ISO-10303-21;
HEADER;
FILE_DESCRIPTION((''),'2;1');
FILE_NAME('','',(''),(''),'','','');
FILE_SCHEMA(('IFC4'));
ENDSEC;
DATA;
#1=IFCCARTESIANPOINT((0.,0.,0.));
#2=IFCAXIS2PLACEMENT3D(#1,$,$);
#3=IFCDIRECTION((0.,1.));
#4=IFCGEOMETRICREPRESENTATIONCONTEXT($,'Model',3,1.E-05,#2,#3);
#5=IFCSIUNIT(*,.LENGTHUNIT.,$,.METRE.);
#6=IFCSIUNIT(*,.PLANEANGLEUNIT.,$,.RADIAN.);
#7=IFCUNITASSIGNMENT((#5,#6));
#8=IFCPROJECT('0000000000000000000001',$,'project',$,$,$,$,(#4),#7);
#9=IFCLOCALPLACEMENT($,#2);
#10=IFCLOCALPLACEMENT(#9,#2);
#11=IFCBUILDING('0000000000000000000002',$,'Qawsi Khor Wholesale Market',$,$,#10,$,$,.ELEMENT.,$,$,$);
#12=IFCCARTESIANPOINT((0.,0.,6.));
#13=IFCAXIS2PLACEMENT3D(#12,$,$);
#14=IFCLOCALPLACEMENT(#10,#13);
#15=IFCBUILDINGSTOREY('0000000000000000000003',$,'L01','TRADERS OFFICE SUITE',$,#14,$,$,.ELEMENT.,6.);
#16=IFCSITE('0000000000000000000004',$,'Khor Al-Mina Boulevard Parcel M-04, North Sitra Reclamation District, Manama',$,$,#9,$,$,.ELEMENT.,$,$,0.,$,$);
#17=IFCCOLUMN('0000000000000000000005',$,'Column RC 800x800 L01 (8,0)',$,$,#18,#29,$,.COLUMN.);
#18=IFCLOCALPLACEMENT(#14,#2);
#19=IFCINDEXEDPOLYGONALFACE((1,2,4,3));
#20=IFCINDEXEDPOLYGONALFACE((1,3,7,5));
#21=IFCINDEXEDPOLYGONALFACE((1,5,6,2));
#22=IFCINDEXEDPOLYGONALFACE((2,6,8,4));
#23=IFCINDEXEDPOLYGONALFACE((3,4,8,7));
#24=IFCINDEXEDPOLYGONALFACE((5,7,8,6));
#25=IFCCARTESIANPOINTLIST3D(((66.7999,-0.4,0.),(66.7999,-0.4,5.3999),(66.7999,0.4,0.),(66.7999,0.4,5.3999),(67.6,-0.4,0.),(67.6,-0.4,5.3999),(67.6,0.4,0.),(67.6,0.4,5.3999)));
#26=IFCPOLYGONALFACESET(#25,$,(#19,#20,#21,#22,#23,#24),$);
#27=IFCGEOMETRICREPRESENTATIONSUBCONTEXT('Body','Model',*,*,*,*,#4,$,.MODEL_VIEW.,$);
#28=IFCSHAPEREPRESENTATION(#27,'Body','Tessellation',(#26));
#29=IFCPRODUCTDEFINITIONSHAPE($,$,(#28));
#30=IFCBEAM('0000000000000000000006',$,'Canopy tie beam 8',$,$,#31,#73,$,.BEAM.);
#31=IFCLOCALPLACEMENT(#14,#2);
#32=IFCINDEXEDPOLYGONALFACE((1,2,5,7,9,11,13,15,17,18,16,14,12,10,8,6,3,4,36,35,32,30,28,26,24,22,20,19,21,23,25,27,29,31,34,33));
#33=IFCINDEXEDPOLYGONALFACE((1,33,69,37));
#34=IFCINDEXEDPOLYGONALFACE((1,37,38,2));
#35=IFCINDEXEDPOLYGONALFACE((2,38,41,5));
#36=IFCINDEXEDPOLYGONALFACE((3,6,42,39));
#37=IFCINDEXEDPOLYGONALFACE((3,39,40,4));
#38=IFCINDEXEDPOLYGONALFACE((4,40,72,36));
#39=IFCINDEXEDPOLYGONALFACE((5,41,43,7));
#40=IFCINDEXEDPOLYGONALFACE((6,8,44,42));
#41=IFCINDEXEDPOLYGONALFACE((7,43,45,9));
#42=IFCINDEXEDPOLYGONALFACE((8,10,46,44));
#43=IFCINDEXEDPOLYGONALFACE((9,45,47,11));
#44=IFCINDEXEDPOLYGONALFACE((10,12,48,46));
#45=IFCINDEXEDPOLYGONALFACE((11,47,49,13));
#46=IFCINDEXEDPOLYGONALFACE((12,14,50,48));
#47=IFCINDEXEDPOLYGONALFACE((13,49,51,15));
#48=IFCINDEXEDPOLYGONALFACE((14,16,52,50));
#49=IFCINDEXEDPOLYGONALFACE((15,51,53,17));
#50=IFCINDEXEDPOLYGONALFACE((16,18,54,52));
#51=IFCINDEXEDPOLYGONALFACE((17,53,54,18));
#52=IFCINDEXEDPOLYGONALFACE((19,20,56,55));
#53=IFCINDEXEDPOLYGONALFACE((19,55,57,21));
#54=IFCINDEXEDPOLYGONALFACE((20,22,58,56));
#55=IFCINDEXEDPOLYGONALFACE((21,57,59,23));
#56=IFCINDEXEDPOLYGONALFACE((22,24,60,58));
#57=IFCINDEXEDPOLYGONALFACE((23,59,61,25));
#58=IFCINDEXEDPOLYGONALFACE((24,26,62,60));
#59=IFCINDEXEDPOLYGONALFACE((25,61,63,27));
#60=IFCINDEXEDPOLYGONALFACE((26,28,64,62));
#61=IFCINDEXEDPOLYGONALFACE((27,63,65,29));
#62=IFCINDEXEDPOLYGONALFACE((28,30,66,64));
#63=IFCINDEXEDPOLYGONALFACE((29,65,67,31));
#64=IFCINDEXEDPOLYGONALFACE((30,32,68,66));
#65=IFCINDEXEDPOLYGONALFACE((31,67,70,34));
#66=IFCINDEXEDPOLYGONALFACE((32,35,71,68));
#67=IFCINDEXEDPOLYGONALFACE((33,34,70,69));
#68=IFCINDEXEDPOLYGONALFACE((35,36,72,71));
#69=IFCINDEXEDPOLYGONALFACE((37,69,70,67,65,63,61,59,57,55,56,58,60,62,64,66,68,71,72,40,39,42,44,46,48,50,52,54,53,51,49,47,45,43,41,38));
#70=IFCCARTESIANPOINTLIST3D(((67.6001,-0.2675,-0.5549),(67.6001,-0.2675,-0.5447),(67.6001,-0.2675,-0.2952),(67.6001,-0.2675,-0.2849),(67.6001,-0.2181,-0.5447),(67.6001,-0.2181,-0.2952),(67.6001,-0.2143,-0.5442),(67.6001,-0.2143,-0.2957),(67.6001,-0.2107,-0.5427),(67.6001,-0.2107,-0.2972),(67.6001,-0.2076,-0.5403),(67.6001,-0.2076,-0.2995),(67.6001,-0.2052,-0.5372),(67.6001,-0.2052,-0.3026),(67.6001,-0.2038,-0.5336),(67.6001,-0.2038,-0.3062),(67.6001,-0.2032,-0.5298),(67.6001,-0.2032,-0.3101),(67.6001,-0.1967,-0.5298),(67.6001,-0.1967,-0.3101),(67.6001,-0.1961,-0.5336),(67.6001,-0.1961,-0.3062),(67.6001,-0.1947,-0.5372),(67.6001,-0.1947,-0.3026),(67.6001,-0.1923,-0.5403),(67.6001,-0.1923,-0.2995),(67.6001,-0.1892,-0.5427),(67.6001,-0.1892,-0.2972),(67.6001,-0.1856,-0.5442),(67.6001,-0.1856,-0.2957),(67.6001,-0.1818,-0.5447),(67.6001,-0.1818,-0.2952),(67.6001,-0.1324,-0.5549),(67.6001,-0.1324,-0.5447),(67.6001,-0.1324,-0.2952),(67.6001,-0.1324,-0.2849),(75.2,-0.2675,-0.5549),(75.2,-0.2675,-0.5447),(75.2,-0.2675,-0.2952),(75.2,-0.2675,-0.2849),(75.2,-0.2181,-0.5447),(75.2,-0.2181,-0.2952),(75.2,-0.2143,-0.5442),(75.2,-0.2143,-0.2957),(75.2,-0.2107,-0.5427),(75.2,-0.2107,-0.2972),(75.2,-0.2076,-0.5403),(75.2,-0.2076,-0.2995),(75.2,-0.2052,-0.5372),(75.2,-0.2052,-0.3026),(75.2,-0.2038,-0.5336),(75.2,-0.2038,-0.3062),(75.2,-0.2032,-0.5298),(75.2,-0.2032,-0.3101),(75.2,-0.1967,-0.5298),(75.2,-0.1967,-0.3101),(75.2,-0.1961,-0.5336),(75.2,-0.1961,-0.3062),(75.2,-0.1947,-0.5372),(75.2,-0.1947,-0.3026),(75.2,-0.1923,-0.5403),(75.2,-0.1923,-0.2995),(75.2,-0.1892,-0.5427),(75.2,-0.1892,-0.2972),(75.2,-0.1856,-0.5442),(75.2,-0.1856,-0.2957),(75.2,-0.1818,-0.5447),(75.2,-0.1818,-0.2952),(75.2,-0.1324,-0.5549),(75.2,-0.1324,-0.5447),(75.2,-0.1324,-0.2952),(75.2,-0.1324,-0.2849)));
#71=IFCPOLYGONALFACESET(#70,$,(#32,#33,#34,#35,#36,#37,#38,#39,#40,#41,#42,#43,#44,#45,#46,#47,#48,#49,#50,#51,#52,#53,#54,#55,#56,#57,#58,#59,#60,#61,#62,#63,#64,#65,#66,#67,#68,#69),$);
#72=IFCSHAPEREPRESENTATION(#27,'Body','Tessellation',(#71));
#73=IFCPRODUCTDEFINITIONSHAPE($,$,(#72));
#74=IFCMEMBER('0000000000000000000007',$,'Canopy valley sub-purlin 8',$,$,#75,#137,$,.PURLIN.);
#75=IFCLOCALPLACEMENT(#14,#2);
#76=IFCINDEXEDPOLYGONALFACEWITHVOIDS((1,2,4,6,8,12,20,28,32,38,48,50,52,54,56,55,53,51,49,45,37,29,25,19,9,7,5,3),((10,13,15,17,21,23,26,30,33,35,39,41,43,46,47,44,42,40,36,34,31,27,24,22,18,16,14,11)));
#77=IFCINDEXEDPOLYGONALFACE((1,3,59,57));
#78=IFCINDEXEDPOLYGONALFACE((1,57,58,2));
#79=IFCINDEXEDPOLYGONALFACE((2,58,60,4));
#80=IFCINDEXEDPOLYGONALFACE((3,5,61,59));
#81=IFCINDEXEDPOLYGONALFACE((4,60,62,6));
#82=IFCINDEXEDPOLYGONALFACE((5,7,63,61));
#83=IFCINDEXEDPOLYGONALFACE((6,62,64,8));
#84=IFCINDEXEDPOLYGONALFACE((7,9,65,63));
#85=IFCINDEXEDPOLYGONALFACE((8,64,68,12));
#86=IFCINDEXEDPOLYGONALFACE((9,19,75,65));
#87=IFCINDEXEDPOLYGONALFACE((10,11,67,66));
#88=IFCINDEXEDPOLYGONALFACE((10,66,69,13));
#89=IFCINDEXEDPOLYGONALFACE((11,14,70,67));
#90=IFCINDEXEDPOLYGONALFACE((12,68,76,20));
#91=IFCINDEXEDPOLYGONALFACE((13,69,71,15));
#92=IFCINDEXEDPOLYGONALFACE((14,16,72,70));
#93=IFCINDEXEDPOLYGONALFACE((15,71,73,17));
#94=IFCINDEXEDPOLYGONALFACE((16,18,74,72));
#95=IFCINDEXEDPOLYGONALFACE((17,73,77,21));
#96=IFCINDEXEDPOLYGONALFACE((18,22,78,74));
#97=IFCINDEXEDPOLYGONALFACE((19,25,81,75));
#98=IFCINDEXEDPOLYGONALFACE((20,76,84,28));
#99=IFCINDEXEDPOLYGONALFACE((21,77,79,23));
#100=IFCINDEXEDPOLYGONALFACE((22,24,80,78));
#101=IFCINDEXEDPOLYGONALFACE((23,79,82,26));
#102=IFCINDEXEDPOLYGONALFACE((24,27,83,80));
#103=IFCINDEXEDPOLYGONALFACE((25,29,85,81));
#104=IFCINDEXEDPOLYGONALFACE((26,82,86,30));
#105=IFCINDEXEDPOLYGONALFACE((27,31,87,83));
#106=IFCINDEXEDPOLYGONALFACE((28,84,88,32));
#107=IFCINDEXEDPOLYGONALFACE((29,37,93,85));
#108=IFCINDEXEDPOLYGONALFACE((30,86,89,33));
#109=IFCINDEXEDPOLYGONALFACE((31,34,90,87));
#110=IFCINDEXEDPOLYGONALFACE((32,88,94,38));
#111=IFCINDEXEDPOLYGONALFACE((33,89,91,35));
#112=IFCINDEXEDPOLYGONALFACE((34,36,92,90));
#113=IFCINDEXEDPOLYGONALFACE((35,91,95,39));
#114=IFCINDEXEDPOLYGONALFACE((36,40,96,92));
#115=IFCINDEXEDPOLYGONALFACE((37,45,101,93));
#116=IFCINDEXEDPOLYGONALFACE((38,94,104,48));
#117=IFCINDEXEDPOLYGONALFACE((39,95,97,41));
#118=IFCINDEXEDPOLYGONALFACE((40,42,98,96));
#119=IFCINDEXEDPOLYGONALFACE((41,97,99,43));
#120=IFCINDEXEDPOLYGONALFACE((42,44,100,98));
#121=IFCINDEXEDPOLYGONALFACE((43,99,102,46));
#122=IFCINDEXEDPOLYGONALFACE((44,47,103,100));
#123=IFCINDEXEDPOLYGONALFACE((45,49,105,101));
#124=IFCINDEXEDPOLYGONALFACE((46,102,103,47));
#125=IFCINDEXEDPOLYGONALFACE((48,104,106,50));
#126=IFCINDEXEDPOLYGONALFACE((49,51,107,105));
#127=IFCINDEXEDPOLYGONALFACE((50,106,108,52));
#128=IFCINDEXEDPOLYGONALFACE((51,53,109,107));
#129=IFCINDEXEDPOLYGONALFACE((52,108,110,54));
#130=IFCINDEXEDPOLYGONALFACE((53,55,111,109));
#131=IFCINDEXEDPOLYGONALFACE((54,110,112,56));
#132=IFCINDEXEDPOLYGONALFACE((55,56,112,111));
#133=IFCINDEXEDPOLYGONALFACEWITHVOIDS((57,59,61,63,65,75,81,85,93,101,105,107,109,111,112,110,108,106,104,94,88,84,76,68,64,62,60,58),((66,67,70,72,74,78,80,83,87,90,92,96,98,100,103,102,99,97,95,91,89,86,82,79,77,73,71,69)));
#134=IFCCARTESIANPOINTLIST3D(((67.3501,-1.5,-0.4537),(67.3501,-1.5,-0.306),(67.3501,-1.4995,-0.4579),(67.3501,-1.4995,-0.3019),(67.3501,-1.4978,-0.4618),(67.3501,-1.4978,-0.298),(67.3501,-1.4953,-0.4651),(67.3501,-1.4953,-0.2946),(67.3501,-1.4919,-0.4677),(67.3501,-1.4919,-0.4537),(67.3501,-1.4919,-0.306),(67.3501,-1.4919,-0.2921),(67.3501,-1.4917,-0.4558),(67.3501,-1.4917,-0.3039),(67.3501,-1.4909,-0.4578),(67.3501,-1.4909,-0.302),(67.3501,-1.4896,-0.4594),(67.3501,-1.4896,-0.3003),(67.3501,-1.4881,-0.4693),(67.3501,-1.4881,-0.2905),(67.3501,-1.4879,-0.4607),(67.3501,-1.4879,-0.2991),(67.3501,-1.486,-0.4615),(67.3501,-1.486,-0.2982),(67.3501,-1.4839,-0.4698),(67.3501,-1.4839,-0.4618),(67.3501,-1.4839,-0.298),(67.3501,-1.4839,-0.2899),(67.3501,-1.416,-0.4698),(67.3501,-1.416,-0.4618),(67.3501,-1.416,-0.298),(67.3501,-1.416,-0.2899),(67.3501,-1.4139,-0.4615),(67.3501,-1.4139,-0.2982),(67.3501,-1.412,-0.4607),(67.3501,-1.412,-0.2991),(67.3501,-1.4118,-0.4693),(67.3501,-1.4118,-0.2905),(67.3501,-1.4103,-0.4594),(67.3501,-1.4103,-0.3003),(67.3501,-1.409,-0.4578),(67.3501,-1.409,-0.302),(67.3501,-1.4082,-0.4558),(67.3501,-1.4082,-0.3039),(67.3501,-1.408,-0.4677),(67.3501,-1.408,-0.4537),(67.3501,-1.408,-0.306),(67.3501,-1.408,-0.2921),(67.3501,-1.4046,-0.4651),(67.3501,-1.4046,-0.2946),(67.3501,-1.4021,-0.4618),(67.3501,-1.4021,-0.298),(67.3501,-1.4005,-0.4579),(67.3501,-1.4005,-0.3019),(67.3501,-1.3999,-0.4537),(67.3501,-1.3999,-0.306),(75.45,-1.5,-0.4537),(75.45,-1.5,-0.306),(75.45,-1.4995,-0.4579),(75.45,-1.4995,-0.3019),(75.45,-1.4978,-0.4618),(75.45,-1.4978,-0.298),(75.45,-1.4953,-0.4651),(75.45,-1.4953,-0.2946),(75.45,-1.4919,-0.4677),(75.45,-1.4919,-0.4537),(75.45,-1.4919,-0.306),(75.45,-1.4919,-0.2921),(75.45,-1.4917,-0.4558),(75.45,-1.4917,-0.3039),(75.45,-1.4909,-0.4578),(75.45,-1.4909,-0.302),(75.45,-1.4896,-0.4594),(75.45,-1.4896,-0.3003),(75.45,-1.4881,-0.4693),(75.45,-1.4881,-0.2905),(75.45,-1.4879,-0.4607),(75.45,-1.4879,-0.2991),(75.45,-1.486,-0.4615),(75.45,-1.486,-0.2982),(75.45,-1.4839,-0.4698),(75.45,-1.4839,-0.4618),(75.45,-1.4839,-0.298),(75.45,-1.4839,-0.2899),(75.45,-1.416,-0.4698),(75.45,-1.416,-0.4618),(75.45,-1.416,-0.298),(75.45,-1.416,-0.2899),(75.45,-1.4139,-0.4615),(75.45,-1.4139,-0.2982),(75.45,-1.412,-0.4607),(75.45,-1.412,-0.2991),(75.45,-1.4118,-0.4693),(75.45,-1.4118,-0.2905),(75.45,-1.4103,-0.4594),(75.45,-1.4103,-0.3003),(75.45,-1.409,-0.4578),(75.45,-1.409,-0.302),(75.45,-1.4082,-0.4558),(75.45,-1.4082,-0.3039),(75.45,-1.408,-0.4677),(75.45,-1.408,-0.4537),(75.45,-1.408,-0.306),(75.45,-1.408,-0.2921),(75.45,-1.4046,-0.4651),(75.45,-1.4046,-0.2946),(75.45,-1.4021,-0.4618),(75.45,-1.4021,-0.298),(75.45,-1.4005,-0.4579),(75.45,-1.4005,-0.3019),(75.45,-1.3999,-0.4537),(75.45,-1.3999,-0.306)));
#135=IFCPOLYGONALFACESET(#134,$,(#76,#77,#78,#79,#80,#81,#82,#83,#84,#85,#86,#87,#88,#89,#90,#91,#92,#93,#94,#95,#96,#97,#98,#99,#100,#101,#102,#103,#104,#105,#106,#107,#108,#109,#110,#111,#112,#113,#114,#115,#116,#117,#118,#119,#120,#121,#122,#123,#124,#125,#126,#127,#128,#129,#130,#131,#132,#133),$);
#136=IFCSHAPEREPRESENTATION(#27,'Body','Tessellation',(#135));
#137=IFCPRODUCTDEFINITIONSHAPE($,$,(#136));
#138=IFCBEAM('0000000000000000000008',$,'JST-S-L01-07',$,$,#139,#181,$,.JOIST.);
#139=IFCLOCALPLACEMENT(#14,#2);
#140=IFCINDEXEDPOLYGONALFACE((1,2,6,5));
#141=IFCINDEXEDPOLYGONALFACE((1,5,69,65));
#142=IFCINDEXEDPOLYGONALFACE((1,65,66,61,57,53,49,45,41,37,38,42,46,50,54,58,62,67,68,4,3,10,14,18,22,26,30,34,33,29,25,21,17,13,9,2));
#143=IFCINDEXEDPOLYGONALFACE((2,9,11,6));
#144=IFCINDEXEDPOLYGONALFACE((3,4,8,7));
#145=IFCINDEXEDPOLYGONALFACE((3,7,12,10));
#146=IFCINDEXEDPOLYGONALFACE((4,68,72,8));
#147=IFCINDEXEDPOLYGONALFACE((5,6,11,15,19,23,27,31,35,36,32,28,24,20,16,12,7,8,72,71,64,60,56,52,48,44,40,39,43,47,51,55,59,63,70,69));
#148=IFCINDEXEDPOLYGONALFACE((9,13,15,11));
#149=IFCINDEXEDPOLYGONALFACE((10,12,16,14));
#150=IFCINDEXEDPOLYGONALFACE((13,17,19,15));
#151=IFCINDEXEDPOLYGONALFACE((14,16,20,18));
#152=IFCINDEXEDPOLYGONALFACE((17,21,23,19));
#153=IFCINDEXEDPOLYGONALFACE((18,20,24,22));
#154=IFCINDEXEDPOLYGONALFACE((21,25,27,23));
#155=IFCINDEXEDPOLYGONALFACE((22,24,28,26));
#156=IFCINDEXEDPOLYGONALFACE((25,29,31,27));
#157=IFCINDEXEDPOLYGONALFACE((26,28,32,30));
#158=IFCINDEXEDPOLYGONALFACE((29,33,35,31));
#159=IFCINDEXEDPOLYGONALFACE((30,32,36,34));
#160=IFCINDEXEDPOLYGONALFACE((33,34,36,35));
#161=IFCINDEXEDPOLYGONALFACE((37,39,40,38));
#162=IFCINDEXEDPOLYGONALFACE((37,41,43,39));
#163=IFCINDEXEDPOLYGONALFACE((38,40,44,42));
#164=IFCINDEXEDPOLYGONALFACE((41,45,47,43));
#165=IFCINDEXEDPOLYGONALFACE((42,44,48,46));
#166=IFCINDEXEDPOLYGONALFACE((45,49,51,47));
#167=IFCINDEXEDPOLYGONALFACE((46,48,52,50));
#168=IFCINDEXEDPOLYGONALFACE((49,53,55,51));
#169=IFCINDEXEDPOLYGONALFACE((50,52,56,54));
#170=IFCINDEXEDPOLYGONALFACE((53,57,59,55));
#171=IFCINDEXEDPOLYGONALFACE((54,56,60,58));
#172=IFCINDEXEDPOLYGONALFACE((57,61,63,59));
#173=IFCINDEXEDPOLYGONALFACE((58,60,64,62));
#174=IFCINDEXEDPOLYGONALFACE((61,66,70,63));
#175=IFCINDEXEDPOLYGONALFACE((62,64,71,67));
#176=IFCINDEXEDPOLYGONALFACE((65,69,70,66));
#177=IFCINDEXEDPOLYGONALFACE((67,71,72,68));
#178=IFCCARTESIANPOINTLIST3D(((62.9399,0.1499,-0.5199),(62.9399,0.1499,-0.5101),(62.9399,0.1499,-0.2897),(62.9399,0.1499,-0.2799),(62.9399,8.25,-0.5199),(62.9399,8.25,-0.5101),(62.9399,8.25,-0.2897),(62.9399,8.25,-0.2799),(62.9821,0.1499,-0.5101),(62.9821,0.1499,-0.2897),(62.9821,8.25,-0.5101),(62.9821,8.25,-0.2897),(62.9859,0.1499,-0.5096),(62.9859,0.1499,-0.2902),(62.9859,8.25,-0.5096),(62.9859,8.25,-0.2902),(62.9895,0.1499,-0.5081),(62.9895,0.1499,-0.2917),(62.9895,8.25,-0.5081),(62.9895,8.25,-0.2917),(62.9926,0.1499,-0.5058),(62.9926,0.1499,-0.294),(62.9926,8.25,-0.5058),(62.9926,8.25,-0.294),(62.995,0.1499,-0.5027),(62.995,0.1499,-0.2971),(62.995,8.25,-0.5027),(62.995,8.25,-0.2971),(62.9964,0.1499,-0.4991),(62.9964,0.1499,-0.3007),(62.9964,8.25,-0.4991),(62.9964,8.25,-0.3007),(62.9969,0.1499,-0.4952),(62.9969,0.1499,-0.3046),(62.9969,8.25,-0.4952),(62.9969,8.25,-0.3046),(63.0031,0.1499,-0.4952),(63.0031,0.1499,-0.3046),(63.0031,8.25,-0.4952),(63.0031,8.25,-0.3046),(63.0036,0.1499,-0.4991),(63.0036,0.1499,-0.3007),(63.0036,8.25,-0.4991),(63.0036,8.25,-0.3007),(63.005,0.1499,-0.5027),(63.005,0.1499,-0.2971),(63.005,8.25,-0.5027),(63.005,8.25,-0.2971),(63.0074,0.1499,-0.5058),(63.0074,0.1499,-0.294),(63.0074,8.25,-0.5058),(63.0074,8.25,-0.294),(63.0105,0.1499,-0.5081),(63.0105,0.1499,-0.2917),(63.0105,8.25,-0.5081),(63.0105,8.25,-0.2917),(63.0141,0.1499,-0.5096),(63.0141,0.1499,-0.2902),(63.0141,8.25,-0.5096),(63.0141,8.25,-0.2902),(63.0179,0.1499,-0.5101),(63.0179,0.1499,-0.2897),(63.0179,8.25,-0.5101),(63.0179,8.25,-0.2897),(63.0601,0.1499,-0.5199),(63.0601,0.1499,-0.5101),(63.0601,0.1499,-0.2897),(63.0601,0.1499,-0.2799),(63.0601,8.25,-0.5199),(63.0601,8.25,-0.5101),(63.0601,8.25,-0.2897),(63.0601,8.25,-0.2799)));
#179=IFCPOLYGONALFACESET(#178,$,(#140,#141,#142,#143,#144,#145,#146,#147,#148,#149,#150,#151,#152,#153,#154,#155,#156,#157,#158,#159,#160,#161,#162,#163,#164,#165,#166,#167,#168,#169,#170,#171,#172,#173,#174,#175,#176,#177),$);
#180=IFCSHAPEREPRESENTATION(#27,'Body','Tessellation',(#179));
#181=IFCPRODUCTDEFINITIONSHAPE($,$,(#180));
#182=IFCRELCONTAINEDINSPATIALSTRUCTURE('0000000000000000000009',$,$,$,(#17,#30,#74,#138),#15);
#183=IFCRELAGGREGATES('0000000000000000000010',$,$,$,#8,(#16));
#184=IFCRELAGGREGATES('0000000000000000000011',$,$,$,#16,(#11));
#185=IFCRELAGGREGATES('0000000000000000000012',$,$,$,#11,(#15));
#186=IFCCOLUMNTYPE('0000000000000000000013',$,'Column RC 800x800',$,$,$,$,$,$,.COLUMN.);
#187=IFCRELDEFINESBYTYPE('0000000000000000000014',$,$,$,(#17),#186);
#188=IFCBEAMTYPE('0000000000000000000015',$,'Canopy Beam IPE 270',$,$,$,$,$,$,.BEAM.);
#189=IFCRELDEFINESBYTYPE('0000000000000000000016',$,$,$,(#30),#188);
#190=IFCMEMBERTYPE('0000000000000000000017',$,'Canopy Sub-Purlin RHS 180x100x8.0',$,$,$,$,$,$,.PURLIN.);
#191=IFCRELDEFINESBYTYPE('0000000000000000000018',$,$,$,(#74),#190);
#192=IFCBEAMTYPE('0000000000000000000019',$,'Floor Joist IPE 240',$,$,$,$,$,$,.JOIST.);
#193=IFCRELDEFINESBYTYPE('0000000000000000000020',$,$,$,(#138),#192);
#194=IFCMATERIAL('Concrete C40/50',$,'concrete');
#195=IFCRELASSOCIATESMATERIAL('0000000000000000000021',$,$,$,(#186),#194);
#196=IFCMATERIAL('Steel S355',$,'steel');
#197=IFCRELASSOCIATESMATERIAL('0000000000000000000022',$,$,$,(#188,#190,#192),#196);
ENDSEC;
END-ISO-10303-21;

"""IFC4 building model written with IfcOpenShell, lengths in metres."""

from ifc_helpers import new_model, si_unit, direction, frame, origin, origin_2d, place, context, subcontext, project, spatial, rectangle, hollow_rectangle, i_section, extrude, material, material_profile, profile_set, type_object, element, save


model = new_model("IFC4")

# Units and contexts
model_context = context("Model", 3, precision=1e-05, world=origin(), true_north=direction((0.0, 1.0)))
body_context = subcontext(model_context, "Body", "Model", "MODEL_VIEW")
ifc_project = project(units=[si_unit("LENGTHUNIT", "METRE"), si_unit("PLANEANGLEUNIT", "RADIAN")], contexts=[model_context])

# Site, building, storey
site_placement = place(None, origin())
site = spatial("IfcSite", under=ifc_project, at=site_placement, Name="Khor Al-Mina Boulevard Parcel M-04, North Sitra Reclamation District, Manama", CompositionType="ELEMENT", RefElevation=0.0)
building_placement = place(site_placement, origin())
building = spatial("IfcBuilding", under=site, at=building_placement, Name="Qawsi Khor Wholesale Market", CompositionType="ELEMENT")
storey_placement = place(building_placement, frame((0.0, 0.0, 6.0)))
storey = spatial("IfcBuildingStorey", under=building, at=storey_placement, Name="L01", Description="TRADERS OFFICE SUITE", CompositionType="ELEMENT", Elevation=6.0)

# Column
ifc_material_1 = material(Name="Concrete C40/50", Category="concrete")
ifc_material_profile_1 = material_profile(ifc_material_1, rectangle(XDim=0.8, YDim=0.8, at=origin_2d()), Name="RC 800x800")
ifc_profile_set_1 = profile_set([ifc_material_profile_1], Name="Concrete C40/50")
column_type = type_object("IfcColumnType", Name="Column RC 800x800", PredefinedType="COLUMN", material=ifc_profile_set_1)
column_placement = place(storey_placement, frame((67.2, 0.0, 0.0), z_axis=(0.0, 0.0, 1.0), x_axis=(1.0, 0.0, 0.0)))
element("IfcColumn", 1, at=column_placement, inside=storey, type_object=column_type, Name="Column RC 800x800 L01 (8,0)", PredefinedType="COLUMN", context=body_context, shape_type="SweptSolid", body=[
    extrude(rectangle(XDim=0.8, YDim=0.8, at=origin_2d()), origin(), (0.0, 0.0, 1.0), 5.3999),
])

# Beam
ifc_material_2 = material(Name="Steel S355", Category="steel")
ifc_material_profile_2 = material_profile(ifc_material_2, i_section(OverallWidth=0.135, OverallDepth=0.27, WebThickness=0.0066, FlangeThickness=0.0103, FilletRadius=0.0149, at=origin_2d()), Name="IPE 270")
ifc_profile_set_2 = profile_set([ifc_material_profile_2], Name="Steel S355")
beam_type_1 = type_object("IfcBeamType", Name="Canopy Beam IPE 270", PredefinedType="BEAM", material=ifc_profile_set_2)
beam_1_placement = place(storey_placement, frame((67.6001, -0.2, -0.4199), z_axis=(1.0, 0.0, 0.0), x_axis=(0.0, 1.0, 0.0)))
element("IfcBeam", 2, at=beam_1_placement, inside=storey, type_object=beam_type_1, Name="Canopy tie beam 8", PredefinedType="BEAM", context=body_context, shape_type="SweptSolid", body=[
    extrude(i_section(OverallWidth=0.135, OverallDepth=0.27, WebThickness=0.0066, FlangeThickness=0.0103, FilletRadius=0.0149, at=origin_2d()), origin(), (0.0, 0.0, 1.0), 7.5999),
])

# Member
ifc_material_profile_3 = material_profile(ifc_material_2, hollow_rectangle(XDim=0.1001, YDim=0.1799, WallThickness=0.0081, InnerFilletRadius=0.0081, OuterFilletRadius=0.0161, at=origin_2d()), Name="RHS 180x100x8.0")
ifc_profile_set_3 = profile_set([ifc_material_profile_3], Name="Steel S355")
member_type = type_object("IfcMemberType", Name="Canopy Sub-Purlin RHS 180x100x8.0", PredefinedType="PURLIN", material=ifc_profile_set_3)
member_placement = place(storey_placement, frame((67.3501, -1.45, -0.3799), z_axis=(1.0, 0.0, 0.0), x_axis=(0.0, 1.0, 0.0)))
element("IfcMember", 3, at=member_placement, inside=storey, type_object=member_type, Name="Canopy valley sub-purlin 8", PredefinedType="PURLIN", context=body_context, shape_type="SweptSolid", body=[
    extrude(hollow_rectangle(XDim=0.1001, YDim=0.1799, WallThickness=0.0081, InnerFilletRadius=0.0081, OuterFilletRadius=0.0161, at=origin_2d()), origin(), (0.0, 0.0, 1.0), 8.0999),
])

# Beam
ifc_material_profile_4 = material_profile(ifc_material_2, i_section(OverallWidth=0.1201, OverallDepth=0.24, WebThickness=0.0061, FlangeThickness=0.0098, FilletRadius=0.0149, at=origin_2d()), Name="IPE 240")
ifc_profile_set_4 = profile_set([ifc_material_profile_4], Name="Steel S355")
beam_type_2 = type_object("IfcBeamType", Name="Floor Joist IPE 240", PredefinedType="JOIST", material=ifc_profile_set_4)
beam_2_placement = place(storey_placement, frame((63.0, 0.1499, -0.3999), z_axis=(0.0, 1.0, 0.0), x_axis=(-1.0, 0.0, 0.0)))
element("IfcBeam", 4, at=beam_2_placement, inside=storey, type_object=beam_type_2, Name="JST-S-L01-07", PredefinedType="JOIST", context=body_context, shape_type="SweptSolid", body=[
    extrude(i_section(OverallWidth=0.1201, OverallDepth=0.24, WebThickness=0.0061, FlangeThickness=0.0098, FilletRadius=0.0149, at=origin_2d()), origin(), (0.0, 0.0, 1.0), 8.1001),
])

save(model, "model.ifc")
